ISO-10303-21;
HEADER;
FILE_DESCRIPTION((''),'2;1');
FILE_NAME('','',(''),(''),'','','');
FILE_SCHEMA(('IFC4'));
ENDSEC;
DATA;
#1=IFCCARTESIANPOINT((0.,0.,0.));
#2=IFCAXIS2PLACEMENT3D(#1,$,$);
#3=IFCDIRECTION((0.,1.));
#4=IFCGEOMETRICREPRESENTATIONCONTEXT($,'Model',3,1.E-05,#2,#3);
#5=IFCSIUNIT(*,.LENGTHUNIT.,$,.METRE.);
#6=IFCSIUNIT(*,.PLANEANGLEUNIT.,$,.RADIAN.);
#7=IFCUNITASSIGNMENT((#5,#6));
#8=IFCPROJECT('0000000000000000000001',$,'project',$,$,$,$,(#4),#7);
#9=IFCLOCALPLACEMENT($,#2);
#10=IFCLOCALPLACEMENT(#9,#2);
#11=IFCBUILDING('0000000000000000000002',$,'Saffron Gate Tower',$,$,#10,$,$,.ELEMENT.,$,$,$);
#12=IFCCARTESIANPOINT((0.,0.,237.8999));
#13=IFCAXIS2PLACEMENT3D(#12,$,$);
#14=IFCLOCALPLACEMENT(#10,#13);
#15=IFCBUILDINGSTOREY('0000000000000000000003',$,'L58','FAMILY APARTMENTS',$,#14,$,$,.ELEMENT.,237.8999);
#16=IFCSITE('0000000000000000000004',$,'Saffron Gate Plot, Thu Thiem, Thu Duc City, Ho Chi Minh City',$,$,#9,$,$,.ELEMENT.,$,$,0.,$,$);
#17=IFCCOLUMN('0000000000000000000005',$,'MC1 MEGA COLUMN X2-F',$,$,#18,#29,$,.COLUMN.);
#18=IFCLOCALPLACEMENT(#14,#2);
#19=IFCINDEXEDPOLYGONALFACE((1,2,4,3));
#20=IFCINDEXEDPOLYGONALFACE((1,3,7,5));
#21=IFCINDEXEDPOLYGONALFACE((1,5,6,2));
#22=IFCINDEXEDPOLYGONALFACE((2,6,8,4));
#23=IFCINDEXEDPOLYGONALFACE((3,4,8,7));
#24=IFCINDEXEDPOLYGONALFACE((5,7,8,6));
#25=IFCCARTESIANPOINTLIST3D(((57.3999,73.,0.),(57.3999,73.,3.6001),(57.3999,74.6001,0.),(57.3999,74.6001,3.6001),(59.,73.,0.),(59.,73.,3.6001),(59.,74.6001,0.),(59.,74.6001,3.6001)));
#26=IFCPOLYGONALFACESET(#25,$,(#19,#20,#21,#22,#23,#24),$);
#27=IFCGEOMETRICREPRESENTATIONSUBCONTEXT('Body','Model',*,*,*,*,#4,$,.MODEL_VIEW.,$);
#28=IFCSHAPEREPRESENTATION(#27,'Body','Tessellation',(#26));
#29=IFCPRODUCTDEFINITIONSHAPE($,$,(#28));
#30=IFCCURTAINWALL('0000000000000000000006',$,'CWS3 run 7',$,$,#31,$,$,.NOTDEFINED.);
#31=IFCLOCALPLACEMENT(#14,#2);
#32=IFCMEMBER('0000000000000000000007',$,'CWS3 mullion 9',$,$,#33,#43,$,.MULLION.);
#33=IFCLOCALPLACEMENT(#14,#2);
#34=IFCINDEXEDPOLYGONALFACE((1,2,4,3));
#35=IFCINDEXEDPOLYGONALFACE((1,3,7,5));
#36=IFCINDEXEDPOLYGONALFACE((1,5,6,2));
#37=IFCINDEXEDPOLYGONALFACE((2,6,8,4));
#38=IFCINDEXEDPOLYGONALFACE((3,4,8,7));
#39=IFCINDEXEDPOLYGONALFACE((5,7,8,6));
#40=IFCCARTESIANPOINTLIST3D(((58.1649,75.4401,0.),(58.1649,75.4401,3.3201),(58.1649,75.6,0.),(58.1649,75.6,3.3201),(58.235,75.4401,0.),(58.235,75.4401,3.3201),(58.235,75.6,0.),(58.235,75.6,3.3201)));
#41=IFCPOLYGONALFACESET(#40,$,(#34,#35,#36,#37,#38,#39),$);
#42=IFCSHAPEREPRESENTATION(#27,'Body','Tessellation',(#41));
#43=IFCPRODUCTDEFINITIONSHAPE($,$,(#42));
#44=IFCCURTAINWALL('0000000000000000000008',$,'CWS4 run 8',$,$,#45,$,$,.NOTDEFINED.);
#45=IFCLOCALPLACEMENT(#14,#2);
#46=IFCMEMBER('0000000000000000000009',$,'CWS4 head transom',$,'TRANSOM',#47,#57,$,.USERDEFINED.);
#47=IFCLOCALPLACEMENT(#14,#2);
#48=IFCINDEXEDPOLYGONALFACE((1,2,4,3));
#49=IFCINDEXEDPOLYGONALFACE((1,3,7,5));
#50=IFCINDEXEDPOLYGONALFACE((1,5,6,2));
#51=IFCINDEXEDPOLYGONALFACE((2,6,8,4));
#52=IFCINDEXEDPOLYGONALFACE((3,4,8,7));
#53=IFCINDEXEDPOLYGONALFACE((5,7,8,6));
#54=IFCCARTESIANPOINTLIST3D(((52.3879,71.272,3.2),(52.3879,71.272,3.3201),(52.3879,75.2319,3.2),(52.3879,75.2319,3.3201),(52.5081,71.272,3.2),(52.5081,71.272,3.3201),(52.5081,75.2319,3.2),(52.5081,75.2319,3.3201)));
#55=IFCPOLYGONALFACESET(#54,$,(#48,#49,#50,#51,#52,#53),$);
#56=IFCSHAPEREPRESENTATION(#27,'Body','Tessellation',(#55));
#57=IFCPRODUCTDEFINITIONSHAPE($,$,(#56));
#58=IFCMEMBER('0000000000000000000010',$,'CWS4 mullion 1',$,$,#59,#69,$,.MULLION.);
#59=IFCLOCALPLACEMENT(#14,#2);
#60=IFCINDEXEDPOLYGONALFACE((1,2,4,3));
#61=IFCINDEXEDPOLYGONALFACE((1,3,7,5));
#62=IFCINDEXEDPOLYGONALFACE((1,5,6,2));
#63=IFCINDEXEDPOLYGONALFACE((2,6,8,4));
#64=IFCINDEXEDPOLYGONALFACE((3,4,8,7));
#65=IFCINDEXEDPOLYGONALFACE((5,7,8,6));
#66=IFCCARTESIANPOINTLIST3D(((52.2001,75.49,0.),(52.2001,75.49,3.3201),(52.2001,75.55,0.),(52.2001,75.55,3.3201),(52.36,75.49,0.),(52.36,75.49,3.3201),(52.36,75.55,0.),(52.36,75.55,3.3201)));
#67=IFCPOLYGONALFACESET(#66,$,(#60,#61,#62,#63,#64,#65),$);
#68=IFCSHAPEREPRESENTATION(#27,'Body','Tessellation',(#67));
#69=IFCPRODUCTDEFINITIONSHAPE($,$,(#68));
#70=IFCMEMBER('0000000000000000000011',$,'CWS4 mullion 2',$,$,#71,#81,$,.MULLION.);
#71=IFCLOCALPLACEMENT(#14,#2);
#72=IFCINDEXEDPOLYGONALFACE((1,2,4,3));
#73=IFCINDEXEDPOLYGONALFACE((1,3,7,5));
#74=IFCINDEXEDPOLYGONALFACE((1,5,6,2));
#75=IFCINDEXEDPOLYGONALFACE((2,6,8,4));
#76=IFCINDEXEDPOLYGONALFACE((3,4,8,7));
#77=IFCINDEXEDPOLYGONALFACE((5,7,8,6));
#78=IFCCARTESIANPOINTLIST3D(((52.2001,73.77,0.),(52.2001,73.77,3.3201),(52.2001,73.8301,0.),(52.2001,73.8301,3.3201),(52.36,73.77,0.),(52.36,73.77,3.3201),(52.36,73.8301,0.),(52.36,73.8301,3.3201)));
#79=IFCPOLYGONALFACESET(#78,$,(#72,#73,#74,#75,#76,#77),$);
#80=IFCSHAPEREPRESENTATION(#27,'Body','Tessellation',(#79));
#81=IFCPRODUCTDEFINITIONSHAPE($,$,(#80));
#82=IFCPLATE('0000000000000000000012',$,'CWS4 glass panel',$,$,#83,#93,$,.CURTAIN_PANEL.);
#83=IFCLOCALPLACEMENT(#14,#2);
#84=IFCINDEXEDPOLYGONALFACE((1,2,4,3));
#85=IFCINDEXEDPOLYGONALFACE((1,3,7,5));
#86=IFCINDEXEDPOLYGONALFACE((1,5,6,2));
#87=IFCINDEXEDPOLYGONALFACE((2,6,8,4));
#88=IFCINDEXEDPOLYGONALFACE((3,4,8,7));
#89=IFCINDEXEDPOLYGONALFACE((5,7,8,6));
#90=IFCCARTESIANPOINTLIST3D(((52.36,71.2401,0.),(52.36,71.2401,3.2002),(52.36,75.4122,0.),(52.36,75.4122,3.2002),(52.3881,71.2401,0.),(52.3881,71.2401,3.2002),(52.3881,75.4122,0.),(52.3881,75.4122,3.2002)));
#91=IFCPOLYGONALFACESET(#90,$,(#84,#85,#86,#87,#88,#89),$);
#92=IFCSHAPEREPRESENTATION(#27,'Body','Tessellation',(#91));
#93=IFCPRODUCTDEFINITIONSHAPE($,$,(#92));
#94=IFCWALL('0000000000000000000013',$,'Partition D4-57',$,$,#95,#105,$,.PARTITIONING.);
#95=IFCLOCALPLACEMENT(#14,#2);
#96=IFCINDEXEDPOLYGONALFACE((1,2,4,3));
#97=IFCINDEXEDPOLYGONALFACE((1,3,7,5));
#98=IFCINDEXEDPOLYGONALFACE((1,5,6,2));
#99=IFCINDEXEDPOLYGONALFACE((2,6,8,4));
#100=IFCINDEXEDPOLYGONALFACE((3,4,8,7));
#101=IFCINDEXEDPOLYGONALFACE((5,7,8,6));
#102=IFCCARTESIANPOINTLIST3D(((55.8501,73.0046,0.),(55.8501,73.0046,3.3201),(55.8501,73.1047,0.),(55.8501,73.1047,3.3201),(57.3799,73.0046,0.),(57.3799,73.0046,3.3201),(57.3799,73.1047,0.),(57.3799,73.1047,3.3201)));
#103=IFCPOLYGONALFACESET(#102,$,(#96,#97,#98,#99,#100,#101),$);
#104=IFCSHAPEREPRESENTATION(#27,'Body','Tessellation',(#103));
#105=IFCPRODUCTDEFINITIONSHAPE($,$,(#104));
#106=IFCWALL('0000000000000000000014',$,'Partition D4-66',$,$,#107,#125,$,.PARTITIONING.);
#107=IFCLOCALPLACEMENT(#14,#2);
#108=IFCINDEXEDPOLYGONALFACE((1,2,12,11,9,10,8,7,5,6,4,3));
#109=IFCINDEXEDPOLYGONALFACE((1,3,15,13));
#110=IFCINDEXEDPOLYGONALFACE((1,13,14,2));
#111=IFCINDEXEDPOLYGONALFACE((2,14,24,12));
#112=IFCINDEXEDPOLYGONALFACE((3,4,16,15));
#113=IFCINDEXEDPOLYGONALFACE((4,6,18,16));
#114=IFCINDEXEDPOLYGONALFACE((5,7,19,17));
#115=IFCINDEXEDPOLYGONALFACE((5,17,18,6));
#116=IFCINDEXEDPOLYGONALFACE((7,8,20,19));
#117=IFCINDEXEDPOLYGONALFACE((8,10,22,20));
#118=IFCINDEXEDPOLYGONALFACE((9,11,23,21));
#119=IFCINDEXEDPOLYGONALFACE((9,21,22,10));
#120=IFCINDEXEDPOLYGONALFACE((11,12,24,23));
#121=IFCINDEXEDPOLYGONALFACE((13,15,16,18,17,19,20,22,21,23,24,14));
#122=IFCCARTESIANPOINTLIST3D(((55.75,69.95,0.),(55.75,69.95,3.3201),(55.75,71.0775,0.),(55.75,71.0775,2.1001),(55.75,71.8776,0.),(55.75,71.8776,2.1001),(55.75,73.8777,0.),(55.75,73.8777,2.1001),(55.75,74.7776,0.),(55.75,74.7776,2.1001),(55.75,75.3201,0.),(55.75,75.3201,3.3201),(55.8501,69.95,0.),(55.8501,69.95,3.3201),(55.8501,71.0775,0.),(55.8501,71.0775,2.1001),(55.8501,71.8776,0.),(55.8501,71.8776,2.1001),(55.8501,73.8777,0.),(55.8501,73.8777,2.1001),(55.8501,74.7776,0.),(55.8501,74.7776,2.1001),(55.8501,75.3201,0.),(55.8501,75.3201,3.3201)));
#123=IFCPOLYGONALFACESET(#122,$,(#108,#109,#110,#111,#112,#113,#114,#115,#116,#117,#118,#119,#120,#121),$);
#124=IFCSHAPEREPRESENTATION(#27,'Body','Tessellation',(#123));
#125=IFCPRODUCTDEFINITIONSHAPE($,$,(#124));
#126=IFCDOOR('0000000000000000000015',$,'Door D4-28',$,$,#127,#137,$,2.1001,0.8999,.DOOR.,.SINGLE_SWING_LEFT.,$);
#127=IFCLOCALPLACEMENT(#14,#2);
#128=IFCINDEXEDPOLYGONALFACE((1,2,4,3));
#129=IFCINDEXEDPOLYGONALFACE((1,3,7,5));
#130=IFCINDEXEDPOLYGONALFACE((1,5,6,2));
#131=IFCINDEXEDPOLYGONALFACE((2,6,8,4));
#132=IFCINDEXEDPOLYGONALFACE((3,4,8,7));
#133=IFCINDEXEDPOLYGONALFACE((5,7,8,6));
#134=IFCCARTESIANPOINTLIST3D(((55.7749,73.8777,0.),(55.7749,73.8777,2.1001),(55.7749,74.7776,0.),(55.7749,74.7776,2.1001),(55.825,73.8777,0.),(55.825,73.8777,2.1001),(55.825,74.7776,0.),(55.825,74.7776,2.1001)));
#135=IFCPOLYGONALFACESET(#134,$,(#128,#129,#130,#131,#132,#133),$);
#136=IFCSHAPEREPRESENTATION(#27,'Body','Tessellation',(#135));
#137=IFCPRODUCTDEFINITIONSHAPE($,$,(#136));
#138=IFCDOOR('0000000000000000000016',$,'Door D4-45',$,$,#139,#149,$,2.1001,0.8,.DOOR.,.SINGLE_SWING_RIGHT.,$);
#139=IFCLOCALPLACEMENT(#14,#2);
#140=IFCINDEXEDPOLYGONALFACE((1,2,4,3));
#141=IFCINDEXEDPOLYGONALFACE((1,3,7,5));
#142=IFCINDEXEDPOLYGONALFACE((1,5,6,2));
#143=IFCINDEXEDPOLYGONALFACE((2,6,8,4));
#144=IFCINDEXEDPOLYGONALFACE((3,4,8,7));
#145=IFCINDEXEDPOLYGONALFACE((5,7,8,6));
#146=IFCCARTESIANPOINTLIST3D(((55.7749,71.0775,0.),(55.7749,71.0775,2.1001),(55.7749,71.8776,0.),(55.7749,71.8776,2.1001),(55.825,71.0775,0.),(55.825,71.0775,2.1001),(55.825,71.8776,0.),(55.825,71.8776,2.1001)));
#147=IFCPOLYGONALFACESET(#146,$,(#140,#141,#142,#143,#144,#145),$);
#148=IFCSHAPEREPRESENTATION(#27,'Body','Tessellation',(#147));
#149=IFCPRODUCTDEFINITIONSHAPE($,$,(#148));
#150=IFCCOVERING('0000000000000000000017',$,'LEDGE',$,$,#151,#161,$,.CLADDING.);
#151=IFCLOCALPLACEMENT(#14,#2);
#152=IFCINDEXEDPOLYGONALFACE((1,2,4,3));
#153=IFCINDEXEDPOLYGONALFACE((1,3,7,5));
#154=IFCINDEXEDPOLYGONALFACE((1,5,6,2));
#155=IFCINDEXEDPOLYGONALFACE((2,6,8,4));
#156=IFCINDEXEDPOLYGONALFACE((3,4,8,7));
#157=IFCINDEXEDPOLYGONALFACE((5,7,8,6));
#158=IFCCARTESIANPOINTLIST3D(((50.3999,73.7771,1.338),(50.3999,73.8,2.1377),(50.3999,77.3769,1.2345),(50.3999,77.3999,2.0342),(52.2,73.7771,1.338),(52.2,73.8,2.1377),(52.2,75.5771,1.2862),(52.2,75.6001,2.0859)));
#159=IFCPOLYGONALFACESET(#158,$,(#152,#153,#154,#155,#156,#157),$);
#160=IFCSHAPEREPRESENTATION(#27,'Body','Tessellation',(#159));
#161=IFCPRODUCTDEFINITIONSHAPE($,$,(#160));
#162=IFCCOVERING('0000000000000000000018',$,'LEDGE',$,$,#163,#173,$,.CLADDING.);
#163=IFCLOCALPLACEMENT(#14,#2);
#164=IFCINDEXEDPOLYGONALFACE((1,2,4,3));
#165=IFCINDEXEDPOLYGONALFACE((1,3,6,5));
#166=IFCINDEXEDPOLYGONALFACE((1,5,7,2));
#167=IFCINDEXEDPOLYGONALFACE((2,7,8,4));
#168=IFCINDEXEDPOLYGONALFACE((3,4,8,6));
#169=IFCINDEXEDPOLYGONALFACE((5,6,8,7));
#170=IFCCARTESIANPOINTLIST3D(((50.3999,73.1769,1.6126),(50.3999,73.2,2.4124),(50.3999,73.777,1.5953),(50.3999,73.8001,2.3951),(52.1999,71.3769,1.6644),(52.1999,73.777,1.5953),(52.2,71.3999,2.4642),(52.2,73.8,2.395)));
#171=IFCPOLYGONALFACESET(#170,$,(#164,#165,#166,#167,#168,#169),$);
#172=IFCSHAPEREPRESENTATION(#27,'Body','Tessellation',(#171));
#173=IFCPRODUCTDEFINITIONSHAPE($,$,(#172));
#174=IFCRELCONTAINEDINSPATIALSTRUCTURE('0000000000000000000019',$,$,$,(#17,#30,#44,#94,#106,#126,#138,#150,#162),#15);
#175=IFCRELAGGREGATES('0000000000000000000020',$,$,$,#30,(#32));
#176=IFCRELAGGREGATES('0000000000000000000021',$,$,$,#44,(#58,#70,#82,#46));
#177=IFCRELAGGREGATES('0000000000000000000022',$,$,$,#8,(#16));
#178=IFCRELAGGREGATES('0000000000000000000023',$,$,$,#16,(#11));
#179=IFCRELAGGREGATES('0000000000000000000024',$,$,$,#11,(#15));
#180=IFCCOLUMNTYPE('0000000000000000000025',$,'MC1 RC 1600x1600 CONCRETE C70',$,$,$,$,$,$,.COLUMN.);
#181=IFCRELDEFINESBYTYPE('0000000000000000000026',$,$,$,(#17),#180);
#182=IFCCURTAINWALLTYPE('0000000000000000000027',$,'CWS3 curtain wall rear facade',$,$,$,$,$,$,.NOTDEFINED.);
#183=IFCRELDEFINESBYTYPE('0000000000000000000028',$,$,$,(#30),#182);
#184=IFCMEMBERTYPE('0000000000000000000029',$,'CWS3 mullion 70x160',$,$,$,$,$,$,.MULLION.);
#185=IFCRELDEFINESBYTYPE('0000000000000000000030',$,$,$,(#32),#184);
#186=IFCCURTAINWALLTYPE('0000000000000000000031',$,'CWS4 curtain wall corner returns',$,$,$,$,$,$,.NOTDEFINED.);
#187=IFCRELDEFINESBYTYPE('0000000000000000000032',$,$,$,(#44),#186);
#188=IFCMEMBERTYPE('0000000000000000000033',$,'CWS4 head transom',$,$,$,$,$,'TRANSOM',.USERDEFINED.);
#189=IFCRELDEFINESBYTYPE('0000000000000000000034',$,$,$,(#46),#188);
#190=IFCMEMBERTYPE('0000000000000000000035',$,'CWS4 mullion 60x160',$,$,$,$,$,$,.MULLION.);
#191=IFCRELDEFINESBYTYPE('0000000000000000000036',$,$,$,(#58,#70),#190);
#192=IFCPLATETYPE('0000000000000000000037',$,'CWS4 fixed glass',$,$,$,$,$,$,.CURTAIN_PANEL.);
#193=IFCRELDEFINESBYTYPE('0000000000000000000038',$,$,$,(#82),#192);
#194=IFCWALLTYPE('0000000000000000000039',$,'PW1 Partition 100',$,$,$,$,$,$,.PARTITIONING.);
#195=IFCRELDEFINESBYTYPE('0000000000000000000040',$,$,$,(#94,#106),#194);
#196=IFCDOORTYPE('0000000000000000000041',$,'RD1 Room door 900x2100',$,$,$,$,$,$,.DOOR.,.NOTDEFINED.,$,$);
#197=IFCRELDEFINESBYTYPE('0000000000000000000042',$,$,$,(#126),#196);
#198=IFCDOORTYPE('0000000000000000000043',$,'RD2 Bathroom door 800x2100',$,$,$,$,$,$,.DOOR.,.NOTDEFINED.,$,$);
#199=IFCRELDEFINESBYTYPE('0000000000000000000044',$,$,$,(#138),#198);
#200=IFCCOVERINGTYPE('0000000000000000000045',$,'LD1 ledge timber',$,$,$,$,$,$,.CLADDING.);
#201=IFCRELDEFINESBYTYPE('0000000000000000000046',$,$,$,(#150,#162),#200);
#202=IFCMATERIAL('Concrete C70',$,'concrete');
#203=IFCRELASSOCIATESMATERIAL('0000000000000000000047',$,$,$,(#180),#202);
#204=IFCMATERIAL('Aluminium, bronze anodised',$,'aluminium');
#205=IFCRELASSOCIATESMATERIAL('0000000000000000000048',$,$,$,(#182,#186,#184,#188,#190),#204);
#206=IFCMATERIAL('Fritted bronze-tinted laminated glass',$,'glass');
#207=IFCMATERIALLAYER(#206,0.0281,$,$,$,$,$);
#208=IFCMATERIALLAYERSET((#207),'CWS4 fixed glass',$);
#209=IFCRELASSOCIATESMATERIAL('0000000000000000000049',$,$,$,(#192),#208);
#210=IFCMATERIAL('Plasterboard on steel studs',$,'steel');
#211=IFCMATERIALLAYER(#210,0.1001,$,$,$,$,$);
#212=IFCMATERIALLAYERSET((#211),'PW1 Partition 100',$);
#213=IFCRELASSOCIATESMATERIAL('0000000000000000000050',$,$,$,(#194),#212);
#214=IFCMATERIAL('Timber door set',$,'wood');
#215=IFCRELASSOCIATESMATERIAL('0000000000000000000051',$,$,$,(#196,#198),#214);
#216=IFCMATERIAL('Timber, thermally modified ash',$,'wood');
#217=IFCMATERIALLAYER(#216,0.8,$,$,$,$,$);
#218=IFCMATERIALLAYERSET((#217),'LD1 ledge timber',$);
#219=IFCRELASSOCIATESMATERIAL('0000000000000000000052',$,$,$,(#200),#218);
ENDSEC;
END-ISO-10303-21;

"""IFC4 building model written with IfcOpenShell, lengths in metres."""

from ifc_helpers import new_model, si_unit, direction, frame, frame_2d, origin, origin_2d, place, context, subcontext, project, spatial, polyline, rectangle, outline, extrude, material, layer, layer_set, material_profile, profile_set, type_object, element, fill, aggregate, save


model = new_model("IFC4")

# Units and contexts
model_context = context("Model", 3, precision=1e-05, world=origin(), true_north=direction((0.0, 1.0)))
body_context = subcontext(model_context, "Body", "Model", "MODEL_VIEW")
ifc_project = project(units=[si_unit("LENGTHUNIT", "METRE"), si_unit("PLANEANGLEUNIT", "RADIAN")], contexts=[model_context])

# Site, building, storey
site_placement = place(None, origin())
site = spatial("IfcSite", under=ifc_project, at=site_placement, Name="Saffron Gate Plot, Thu Thiem, Thu Duc City, Ho Chi Minh City", CompositionType="ELEMENT", RefElevation=0.0)
building_placement = place(site_placement, origin())
building = spatial("IfcBuilding", under=site, at=building_placement, Name="Saffron Gate Tower", CompositionType="ELEMENT")
storey_placement = place(building_placement, frame((0.0, 0.0, 237.8999)))
storey = spatial("IfcBuildingStorey", under=building, at=storey_placement, Name="L58", Description="FAMILY APARTMENTS", CompositionType="ELEMENT", Elevation=237.8999)

# Column
ifc_material_1 = material(Name="Concrete C70", Category="concrete")
ifc_material_profile_1 = material_profile(ifc_material_1, rectangle(XDim=1.6001, YDim=1.6001, at=origin_2d()))
ifc_profile_set_1 = profile_set([ifc_material_profile_1], Name="Concrete C70")
column_type = type_object("IfcColumnType", Name="MC1 RC 1600x1600 CONCRETE C70", PredefinedType="COLUMN", material=ifc_profile_set_1)
column_placement = place(storey_placement, frame((58.2, 73.8, 0.0), z_axis=(0.0, 0.0, 1.0), x_axis=(1.0, 0.0, 0.0)))
element("IfcColumn", 1, at=column_placement, inside=storey, type_object=column_type, Name="MC1 MEGA COLUMN X2-F", PredefinedType="COLUMN", context=body_context, shape_type="SweptSolid", body=[
    extrude(rectangle(XDim=1.6001, YDim=1.6001, at=origin_2d()), origin(), (0.0, 0.0, 1.0), 3.6001),
])

# Curtain wall, member
ifc_material_2 = material(Name="Aluminium, bronze anodised", Category="aluminium")
curtain_wall_type_1 = type_object("IfcCurtainWallType", Name="CWS3 curtain wall rear facade", PredefinedType="NOTDEFINED", material=ifc_material_2)
curtain_wall_1_placement = place(storey_placement, origin())
curtain_wall_1 = element("IfcCurtainWall", 2, at=curtain_wall_1_placement, inside=storey, type_object=curtain_wall_type_1, Name="CWS3 run 7", PredefinedType="NOTDEFINED")
ifc_material_profile_2 = material_profile(ifc_material_2, rectangle(XDim=0.1599, YDim=0.0701, at=origin_2d()))
ifc_profile_set_2 = profile_set([ifc_material_profile_2], Name="Aluminium, bronze anodised")
member_type_1 = type_object("IfcMemberType", Name="CWS3 mullion 70x160", PredefinedType="MULLION", material=ifc_profile_set_2)
member_1_placement = place(storey_placement, frame((58.2, 75.52, 0.0), z_axis=(0.0, 0.0, 1.0), x_axis=(0.0, -1.0, 0.0)))
member_1 = element("IfcMember", 3, at=member_1_placement, type_object=member_type_1, Name="CWS3 mullion 9", PredefinedType="MULLION", context=body_context, shape_type="SweptSolid", body=[
    extrude(rectangle(XDim=0.1599, YDim=0.0701, at=origin_2d()), origin(), (0.0, 0.0, 1.0), 3.3201),
])
aggregate(curtain_wall_1, [member_1])

# Curtain wall, members, plate
curtain_wall_type_2 = type_object("IfcCurtainWallType", Name="CWS4 curtain wall corner returns", PredefinedType="NOTDEFINED", material=ifc_material_2)
curtain_wall_2_placement = place(storey_placement, origin())
curtain_wall_2 = element("IfcCurtainWall", 4, at=curtain_wall_2_placement, inside=storey, type_object=curtain_wall_type_2, Name="CWS4 run 8", PredefinedType="NOTDEFINED")
ifc_material_profile_3 = material_profile(ifc_material_2, rectangle(XDim=0.1201, YDim=0.1201, at=origin_2d()))
ifc_profile_set_3 = profile_set([ifc_material_profile_3], Name="Aluminium, bronze anodised")
member_type_2 = type_object("IfcMemberType", Name="CWS4 head transom", ElementType="TRANSOM", PredefinedType="USERDEFINED", material=ifc_profile_set_3)
member_2_placement = place(storey_placement, frame((52.448, 75.2319, 3.26), z_axis=(0.0, -1.0, 0.0), x_axis=(1.0, 0.0, 0.0)))
member_2 = element("IfcMember", 5, at=member_2_placement, type_object=member_type_2, Name="CWS4 head transom", ObjectType="TRANSOM", PredefinedType="USERDEFINED", context=body_context, shape_type="SweptSolid", body=[
    extrude(rectangle(XDim=0.1201, YDim=0.1201, at=origin_2d()), origin(), (0.0, 0.0, 1.0), 3.96),
])
ifc_material_profile_4 = material_profile(ifc_material_2, rectangle(XDim=0.1599, YDim=0.0601, at=origin_2d()))
ifc_profile_set_4 = profile_set([ifc_material_profile_4], Name="Aluminium, bronze anodised")
member_type_3 = type_object("IfcMemberType", Name="CWS4 mullion 60x160", PredefinedType="MULLION", material=ifc_profile_set_4)
member_3_placement = place(storey_placement, frame((52.28, 75.52, 0.0), z_axis=(0.0, 0.0, 1.0), x_axis=(1.0, 0.0, 0.0)))
member_3 = element("IfcMember", 6, at=member_3_placement, type_object=member_type_3, Name="CWS4 mullion 1", PredefinedType="MULLION", context=body_context, shape_type="SweptSolid", body=[
    extrude(rectangle(XDim=0.1599, YDim=0.0601, at=origin_2d()), origin(), (0.0, 0.0, 1.0), 3.3201),
])
member_4_placement = place(storey_placement, frame((52.28, 73.8, 0.0), z_axis=(0.0, 0.0, 1.0), x_axis=(1.0, 0.0, 0.0)))
member_4 = element("IfcMember", 7, at=member_4_placement, type_object=member_type_3, Name="CWS4 mullion 2", PredefinedType="MULLION", context=body_context, shape_type="SweptSolid", body=[
    extrude(rectangle(XDim=0.1599, YDim=0.0601, at=origin_2d()), origin(), (0.0, 0.0, 1.0), 3.3201),
])
ifc_material_3 = material(Name="Fritted bronze-tinted laminated glass", Category="glass")
ifc_layer_1 = layer(ifc_material_3, 0.0281)
ifc_layer_set_1 = layer_set([ifc_layer_1], Name="CWS4 fixed glass")
plate_type = type_object("IfcPlateType", Name="CWS4 fixed glass", PredefinedType="CURTAIN_PANEL", material=ifc_layer_set_1)
plate_placement = place(storey_placement, frame((52.374, 75.4121, 0.0), z_axis=(0.0, 0.0, 1.0), x_axis=(0.0, -1.0, 0.0)))
plate = element("IfcPlate", 8, at=plate_placement, type_object=plate_type, Name="CWS4 glass panel", PredefinedType="CURTAIN_PANEL", context=body_context, shape_type="SweptSolid", body=[
    extrude(rectangle(XDim=4.1721, YDim=0.0281, at=frame_2d((2.0859, 0.0))), origin(), (0.0, 0.0, 1.0), 3.2002),
])
aggregate(curtain_wall_2, [member_3, member_4, plate, member_2])

# Wall
ifc_material_4 = material(Name="Plasterboard on steel studs", Category="steel")
ifc_layer_2 = layer(ifc_material_4, 0.1001)
ifc_layer_set_2 = layer_set([ifc_layer_2], Name="PW1 Partition 100")
wall_type = type_object("IfcWallType", Name="PW1 Partition 100", PredefinedType="PARTITIONING", material=ifc_layer_set_2)
wall_1_placement = place(storey_placement, frame((55.8501, 73.0547, 0.0), z_axis=(0.0, 0.0, 1.0), x_axis=(1.0, 0.0, 0.0)))
element("IfcWall", 9, at=wall_1_placement, inside=storey, type_object=wall_type, Name="Partition D4-57", PredefinedType="PARTITIONING", context=body_context, shape_type="SweptSolid", body=[
    extrude(rectangle(XDim=1.5298, YDim=0.1001, at=frame_2d((0.7649, 0.0))), origin(), (0.0, 0.0, 1.0), 3.3201),
])

# Wall, openings, doors
wall_2_placement = place(storey_placement, frame((55.8, 75.3201, 0.0), z_axis=(0.0, 0.0, 1.0), x_axis=(0.0, -1.0, 0.0)))
wall_2 = element("IfcWall", 10, at=wall_2_placement, inside=storey, type_object=wall_type, Name="Partition D4-66", PredefinedType="PARTITIONING", context=body_context, shape_type="SweptSolid", body=[
    extrude(rectangle(XDim=5.3701, YDim=0.1001, at=frame_2d((2.6851, 0.0))), origin(), (0.0, 0.0, 1.0), 3.3201),
])
opening_1_placement = place(wall_2_placement, frame((0.5425, 0.0, 0.0)))
opening_1 = element("IfcOpeningElement", 11, at=opening_1_placement, cuts=wall_2, PredefinedType="OPENING", context=body_context, shape_type="SweptSolid", body=[
    extrude(rectangle(XDim=0.8999, YDim=2.1001, at=frame_2d((0.45, 1.05))), frame((0.0, 0.0601, 0.0), z_axis=(0.0, -1.0, 0.0), x_axis=(1.0, 0.0, 0.0)), (0.0, 0.0, 1.0), 0.1201),
])
opening_2_placement = place(wall_2_placement, frame((3.4426, 0.0, 0.0)))
opening_2 = element("IfcOpeningElement", 12, at=opening_2_placement, cuts=wall_2, PredefinedType="OPENING", context=body_context, shape_type="SweptSolid", body=[
    extrude(rectangle(XDim=0.8, YDim=2.1001, at=frame_2d((0.3999, 1.05))), frame((0.0, 0.0601, 0.0), z_axis=(0.0, -1.0, 0.0), x_axis=(1.0, 0.0, 0.0)), (0.0, 0.0, 1.0), 0.1201),
])
ifc_material_5 = material(Name="Timber door set", Category="wood")
door_type_1 = type_object("IfcDoorType", Name="RD1 Room door 900x2100", OperationType="NOTDEFINED", PredefinedType="DOOR", material=ifc_material_5)
door_1_placement = place(opening_1_placement, origin())
door_1 = element("IfcDoor", 13, at=door_1_placement, inside=storey, type_object=door_type_1, Name="Door D4-28", OperationType="SINGLE_SWING_LEFT", OverallHeight=2.1001, OverallWidth=0.8999, PredefinedType="DOOR", context=body_context, shape_type="SweptSolid", body=[
    extrude(rectangle(XDim=0.8999, YDim=2.1001, at=frame_2d((0.45, 1.05))), frame((0.0, 0.0249, 0.0), z_axis=(0.0, -1.0, 0.0), x_axis=(1.0, 0.0, 0.0)), (0.0, 0.0, 1.0), 0.05),
])
fill(opening_1, door_1)
door_type_2 = type_object("IfcDoorType", Name="RD2 Bathroom door 800x2100", OperationType="NOTDEFINED", PredefinedType="DOOR", material=ifc_material_5)
door_2_placement = place(opening_2_placement, origin())
door_2 = element("IfcDoor", 14, at=door_2_placement, inside=storey, type_object=door_type_2, Name="Door D4-45", OperationType="SINGLE_SWING_RIGHT", OverallHeight=2.1001, OverallWidth=0.8, PredefinedType="DOOR", context=body_context, shape_type="SweptSolid", body=[
    extrude(rectangle(XDim=0.8, YDim=2.1001, at=frame_2d((0.3999, 1.05))), frame((0.0, 0.0249, 0.0), z_axis=(0.0, -1.0, 0.0), x_axis=(1.0, 0.0, 0.0)), (0.0, 0.0, 1.0), 0.05),
])
fill(opening_2, door_2)

# Coverings
ifc_material_6 = material(Name="Timber, thermally modified ash", Category="wood")
ifc_layer_3 = layer(ifc_material_6, 0.8)
ifc_layer_set_3 = layer_set([ifc_layer_3], Name="LD1 ledge timber")
covering_type_1 = type_object("IfcCoveringType", Name="LD1 ledge timber", PredefinedType="CLADDING", material=ifc_layer_set_3)
covering_1_placement = place(storey_placement, frame((52.2, 75.6001, 2.0859), z_axis=(-0.000001, 0.028743, 0.999587), x_axis=(0.0, -0.999587, 0.028743)))
element("IfcCovering", 15, at=covering_1_placement, inside=storey, type_object=covering_type_1, Name="LEDGE", PredefinedType="CLADDING", context=body_context, shape_type="SweptSolid", body=[
    extrude(outline(polyline([(0.0, 0.0), (1.8008, 0.0), (1.8008, -1.8), (-1.8005, -1.8), (0.0, 0.0)])), origin(), (0.0, 0.0, -1.0), 0.8),
])
covering_2_placement = place(storey_placement, frame((52.2, 73.8, 2.395), z_axis=(0.000026, 0.028794, 0.999585), x_axis=(0.0, -0.999585, 0.028794)))
element("IfcCovering", 16, at=covering_2_placement, inside=storey, type_object=covering_type_1, Name="LEDGE", PredefinedType="CLADDING", context=body_context, shape_type="SweptSolid", body=[
    extrude(outline(polyline([(0.0, 0.0), (2.4011, 0.0), (0.6003, -1.8), (0.0, -1.8), (0.0, 0.0)])), origin(), (0.0, 0.0, -1.0), 0.8),
])

save(model, "model.ifc")
